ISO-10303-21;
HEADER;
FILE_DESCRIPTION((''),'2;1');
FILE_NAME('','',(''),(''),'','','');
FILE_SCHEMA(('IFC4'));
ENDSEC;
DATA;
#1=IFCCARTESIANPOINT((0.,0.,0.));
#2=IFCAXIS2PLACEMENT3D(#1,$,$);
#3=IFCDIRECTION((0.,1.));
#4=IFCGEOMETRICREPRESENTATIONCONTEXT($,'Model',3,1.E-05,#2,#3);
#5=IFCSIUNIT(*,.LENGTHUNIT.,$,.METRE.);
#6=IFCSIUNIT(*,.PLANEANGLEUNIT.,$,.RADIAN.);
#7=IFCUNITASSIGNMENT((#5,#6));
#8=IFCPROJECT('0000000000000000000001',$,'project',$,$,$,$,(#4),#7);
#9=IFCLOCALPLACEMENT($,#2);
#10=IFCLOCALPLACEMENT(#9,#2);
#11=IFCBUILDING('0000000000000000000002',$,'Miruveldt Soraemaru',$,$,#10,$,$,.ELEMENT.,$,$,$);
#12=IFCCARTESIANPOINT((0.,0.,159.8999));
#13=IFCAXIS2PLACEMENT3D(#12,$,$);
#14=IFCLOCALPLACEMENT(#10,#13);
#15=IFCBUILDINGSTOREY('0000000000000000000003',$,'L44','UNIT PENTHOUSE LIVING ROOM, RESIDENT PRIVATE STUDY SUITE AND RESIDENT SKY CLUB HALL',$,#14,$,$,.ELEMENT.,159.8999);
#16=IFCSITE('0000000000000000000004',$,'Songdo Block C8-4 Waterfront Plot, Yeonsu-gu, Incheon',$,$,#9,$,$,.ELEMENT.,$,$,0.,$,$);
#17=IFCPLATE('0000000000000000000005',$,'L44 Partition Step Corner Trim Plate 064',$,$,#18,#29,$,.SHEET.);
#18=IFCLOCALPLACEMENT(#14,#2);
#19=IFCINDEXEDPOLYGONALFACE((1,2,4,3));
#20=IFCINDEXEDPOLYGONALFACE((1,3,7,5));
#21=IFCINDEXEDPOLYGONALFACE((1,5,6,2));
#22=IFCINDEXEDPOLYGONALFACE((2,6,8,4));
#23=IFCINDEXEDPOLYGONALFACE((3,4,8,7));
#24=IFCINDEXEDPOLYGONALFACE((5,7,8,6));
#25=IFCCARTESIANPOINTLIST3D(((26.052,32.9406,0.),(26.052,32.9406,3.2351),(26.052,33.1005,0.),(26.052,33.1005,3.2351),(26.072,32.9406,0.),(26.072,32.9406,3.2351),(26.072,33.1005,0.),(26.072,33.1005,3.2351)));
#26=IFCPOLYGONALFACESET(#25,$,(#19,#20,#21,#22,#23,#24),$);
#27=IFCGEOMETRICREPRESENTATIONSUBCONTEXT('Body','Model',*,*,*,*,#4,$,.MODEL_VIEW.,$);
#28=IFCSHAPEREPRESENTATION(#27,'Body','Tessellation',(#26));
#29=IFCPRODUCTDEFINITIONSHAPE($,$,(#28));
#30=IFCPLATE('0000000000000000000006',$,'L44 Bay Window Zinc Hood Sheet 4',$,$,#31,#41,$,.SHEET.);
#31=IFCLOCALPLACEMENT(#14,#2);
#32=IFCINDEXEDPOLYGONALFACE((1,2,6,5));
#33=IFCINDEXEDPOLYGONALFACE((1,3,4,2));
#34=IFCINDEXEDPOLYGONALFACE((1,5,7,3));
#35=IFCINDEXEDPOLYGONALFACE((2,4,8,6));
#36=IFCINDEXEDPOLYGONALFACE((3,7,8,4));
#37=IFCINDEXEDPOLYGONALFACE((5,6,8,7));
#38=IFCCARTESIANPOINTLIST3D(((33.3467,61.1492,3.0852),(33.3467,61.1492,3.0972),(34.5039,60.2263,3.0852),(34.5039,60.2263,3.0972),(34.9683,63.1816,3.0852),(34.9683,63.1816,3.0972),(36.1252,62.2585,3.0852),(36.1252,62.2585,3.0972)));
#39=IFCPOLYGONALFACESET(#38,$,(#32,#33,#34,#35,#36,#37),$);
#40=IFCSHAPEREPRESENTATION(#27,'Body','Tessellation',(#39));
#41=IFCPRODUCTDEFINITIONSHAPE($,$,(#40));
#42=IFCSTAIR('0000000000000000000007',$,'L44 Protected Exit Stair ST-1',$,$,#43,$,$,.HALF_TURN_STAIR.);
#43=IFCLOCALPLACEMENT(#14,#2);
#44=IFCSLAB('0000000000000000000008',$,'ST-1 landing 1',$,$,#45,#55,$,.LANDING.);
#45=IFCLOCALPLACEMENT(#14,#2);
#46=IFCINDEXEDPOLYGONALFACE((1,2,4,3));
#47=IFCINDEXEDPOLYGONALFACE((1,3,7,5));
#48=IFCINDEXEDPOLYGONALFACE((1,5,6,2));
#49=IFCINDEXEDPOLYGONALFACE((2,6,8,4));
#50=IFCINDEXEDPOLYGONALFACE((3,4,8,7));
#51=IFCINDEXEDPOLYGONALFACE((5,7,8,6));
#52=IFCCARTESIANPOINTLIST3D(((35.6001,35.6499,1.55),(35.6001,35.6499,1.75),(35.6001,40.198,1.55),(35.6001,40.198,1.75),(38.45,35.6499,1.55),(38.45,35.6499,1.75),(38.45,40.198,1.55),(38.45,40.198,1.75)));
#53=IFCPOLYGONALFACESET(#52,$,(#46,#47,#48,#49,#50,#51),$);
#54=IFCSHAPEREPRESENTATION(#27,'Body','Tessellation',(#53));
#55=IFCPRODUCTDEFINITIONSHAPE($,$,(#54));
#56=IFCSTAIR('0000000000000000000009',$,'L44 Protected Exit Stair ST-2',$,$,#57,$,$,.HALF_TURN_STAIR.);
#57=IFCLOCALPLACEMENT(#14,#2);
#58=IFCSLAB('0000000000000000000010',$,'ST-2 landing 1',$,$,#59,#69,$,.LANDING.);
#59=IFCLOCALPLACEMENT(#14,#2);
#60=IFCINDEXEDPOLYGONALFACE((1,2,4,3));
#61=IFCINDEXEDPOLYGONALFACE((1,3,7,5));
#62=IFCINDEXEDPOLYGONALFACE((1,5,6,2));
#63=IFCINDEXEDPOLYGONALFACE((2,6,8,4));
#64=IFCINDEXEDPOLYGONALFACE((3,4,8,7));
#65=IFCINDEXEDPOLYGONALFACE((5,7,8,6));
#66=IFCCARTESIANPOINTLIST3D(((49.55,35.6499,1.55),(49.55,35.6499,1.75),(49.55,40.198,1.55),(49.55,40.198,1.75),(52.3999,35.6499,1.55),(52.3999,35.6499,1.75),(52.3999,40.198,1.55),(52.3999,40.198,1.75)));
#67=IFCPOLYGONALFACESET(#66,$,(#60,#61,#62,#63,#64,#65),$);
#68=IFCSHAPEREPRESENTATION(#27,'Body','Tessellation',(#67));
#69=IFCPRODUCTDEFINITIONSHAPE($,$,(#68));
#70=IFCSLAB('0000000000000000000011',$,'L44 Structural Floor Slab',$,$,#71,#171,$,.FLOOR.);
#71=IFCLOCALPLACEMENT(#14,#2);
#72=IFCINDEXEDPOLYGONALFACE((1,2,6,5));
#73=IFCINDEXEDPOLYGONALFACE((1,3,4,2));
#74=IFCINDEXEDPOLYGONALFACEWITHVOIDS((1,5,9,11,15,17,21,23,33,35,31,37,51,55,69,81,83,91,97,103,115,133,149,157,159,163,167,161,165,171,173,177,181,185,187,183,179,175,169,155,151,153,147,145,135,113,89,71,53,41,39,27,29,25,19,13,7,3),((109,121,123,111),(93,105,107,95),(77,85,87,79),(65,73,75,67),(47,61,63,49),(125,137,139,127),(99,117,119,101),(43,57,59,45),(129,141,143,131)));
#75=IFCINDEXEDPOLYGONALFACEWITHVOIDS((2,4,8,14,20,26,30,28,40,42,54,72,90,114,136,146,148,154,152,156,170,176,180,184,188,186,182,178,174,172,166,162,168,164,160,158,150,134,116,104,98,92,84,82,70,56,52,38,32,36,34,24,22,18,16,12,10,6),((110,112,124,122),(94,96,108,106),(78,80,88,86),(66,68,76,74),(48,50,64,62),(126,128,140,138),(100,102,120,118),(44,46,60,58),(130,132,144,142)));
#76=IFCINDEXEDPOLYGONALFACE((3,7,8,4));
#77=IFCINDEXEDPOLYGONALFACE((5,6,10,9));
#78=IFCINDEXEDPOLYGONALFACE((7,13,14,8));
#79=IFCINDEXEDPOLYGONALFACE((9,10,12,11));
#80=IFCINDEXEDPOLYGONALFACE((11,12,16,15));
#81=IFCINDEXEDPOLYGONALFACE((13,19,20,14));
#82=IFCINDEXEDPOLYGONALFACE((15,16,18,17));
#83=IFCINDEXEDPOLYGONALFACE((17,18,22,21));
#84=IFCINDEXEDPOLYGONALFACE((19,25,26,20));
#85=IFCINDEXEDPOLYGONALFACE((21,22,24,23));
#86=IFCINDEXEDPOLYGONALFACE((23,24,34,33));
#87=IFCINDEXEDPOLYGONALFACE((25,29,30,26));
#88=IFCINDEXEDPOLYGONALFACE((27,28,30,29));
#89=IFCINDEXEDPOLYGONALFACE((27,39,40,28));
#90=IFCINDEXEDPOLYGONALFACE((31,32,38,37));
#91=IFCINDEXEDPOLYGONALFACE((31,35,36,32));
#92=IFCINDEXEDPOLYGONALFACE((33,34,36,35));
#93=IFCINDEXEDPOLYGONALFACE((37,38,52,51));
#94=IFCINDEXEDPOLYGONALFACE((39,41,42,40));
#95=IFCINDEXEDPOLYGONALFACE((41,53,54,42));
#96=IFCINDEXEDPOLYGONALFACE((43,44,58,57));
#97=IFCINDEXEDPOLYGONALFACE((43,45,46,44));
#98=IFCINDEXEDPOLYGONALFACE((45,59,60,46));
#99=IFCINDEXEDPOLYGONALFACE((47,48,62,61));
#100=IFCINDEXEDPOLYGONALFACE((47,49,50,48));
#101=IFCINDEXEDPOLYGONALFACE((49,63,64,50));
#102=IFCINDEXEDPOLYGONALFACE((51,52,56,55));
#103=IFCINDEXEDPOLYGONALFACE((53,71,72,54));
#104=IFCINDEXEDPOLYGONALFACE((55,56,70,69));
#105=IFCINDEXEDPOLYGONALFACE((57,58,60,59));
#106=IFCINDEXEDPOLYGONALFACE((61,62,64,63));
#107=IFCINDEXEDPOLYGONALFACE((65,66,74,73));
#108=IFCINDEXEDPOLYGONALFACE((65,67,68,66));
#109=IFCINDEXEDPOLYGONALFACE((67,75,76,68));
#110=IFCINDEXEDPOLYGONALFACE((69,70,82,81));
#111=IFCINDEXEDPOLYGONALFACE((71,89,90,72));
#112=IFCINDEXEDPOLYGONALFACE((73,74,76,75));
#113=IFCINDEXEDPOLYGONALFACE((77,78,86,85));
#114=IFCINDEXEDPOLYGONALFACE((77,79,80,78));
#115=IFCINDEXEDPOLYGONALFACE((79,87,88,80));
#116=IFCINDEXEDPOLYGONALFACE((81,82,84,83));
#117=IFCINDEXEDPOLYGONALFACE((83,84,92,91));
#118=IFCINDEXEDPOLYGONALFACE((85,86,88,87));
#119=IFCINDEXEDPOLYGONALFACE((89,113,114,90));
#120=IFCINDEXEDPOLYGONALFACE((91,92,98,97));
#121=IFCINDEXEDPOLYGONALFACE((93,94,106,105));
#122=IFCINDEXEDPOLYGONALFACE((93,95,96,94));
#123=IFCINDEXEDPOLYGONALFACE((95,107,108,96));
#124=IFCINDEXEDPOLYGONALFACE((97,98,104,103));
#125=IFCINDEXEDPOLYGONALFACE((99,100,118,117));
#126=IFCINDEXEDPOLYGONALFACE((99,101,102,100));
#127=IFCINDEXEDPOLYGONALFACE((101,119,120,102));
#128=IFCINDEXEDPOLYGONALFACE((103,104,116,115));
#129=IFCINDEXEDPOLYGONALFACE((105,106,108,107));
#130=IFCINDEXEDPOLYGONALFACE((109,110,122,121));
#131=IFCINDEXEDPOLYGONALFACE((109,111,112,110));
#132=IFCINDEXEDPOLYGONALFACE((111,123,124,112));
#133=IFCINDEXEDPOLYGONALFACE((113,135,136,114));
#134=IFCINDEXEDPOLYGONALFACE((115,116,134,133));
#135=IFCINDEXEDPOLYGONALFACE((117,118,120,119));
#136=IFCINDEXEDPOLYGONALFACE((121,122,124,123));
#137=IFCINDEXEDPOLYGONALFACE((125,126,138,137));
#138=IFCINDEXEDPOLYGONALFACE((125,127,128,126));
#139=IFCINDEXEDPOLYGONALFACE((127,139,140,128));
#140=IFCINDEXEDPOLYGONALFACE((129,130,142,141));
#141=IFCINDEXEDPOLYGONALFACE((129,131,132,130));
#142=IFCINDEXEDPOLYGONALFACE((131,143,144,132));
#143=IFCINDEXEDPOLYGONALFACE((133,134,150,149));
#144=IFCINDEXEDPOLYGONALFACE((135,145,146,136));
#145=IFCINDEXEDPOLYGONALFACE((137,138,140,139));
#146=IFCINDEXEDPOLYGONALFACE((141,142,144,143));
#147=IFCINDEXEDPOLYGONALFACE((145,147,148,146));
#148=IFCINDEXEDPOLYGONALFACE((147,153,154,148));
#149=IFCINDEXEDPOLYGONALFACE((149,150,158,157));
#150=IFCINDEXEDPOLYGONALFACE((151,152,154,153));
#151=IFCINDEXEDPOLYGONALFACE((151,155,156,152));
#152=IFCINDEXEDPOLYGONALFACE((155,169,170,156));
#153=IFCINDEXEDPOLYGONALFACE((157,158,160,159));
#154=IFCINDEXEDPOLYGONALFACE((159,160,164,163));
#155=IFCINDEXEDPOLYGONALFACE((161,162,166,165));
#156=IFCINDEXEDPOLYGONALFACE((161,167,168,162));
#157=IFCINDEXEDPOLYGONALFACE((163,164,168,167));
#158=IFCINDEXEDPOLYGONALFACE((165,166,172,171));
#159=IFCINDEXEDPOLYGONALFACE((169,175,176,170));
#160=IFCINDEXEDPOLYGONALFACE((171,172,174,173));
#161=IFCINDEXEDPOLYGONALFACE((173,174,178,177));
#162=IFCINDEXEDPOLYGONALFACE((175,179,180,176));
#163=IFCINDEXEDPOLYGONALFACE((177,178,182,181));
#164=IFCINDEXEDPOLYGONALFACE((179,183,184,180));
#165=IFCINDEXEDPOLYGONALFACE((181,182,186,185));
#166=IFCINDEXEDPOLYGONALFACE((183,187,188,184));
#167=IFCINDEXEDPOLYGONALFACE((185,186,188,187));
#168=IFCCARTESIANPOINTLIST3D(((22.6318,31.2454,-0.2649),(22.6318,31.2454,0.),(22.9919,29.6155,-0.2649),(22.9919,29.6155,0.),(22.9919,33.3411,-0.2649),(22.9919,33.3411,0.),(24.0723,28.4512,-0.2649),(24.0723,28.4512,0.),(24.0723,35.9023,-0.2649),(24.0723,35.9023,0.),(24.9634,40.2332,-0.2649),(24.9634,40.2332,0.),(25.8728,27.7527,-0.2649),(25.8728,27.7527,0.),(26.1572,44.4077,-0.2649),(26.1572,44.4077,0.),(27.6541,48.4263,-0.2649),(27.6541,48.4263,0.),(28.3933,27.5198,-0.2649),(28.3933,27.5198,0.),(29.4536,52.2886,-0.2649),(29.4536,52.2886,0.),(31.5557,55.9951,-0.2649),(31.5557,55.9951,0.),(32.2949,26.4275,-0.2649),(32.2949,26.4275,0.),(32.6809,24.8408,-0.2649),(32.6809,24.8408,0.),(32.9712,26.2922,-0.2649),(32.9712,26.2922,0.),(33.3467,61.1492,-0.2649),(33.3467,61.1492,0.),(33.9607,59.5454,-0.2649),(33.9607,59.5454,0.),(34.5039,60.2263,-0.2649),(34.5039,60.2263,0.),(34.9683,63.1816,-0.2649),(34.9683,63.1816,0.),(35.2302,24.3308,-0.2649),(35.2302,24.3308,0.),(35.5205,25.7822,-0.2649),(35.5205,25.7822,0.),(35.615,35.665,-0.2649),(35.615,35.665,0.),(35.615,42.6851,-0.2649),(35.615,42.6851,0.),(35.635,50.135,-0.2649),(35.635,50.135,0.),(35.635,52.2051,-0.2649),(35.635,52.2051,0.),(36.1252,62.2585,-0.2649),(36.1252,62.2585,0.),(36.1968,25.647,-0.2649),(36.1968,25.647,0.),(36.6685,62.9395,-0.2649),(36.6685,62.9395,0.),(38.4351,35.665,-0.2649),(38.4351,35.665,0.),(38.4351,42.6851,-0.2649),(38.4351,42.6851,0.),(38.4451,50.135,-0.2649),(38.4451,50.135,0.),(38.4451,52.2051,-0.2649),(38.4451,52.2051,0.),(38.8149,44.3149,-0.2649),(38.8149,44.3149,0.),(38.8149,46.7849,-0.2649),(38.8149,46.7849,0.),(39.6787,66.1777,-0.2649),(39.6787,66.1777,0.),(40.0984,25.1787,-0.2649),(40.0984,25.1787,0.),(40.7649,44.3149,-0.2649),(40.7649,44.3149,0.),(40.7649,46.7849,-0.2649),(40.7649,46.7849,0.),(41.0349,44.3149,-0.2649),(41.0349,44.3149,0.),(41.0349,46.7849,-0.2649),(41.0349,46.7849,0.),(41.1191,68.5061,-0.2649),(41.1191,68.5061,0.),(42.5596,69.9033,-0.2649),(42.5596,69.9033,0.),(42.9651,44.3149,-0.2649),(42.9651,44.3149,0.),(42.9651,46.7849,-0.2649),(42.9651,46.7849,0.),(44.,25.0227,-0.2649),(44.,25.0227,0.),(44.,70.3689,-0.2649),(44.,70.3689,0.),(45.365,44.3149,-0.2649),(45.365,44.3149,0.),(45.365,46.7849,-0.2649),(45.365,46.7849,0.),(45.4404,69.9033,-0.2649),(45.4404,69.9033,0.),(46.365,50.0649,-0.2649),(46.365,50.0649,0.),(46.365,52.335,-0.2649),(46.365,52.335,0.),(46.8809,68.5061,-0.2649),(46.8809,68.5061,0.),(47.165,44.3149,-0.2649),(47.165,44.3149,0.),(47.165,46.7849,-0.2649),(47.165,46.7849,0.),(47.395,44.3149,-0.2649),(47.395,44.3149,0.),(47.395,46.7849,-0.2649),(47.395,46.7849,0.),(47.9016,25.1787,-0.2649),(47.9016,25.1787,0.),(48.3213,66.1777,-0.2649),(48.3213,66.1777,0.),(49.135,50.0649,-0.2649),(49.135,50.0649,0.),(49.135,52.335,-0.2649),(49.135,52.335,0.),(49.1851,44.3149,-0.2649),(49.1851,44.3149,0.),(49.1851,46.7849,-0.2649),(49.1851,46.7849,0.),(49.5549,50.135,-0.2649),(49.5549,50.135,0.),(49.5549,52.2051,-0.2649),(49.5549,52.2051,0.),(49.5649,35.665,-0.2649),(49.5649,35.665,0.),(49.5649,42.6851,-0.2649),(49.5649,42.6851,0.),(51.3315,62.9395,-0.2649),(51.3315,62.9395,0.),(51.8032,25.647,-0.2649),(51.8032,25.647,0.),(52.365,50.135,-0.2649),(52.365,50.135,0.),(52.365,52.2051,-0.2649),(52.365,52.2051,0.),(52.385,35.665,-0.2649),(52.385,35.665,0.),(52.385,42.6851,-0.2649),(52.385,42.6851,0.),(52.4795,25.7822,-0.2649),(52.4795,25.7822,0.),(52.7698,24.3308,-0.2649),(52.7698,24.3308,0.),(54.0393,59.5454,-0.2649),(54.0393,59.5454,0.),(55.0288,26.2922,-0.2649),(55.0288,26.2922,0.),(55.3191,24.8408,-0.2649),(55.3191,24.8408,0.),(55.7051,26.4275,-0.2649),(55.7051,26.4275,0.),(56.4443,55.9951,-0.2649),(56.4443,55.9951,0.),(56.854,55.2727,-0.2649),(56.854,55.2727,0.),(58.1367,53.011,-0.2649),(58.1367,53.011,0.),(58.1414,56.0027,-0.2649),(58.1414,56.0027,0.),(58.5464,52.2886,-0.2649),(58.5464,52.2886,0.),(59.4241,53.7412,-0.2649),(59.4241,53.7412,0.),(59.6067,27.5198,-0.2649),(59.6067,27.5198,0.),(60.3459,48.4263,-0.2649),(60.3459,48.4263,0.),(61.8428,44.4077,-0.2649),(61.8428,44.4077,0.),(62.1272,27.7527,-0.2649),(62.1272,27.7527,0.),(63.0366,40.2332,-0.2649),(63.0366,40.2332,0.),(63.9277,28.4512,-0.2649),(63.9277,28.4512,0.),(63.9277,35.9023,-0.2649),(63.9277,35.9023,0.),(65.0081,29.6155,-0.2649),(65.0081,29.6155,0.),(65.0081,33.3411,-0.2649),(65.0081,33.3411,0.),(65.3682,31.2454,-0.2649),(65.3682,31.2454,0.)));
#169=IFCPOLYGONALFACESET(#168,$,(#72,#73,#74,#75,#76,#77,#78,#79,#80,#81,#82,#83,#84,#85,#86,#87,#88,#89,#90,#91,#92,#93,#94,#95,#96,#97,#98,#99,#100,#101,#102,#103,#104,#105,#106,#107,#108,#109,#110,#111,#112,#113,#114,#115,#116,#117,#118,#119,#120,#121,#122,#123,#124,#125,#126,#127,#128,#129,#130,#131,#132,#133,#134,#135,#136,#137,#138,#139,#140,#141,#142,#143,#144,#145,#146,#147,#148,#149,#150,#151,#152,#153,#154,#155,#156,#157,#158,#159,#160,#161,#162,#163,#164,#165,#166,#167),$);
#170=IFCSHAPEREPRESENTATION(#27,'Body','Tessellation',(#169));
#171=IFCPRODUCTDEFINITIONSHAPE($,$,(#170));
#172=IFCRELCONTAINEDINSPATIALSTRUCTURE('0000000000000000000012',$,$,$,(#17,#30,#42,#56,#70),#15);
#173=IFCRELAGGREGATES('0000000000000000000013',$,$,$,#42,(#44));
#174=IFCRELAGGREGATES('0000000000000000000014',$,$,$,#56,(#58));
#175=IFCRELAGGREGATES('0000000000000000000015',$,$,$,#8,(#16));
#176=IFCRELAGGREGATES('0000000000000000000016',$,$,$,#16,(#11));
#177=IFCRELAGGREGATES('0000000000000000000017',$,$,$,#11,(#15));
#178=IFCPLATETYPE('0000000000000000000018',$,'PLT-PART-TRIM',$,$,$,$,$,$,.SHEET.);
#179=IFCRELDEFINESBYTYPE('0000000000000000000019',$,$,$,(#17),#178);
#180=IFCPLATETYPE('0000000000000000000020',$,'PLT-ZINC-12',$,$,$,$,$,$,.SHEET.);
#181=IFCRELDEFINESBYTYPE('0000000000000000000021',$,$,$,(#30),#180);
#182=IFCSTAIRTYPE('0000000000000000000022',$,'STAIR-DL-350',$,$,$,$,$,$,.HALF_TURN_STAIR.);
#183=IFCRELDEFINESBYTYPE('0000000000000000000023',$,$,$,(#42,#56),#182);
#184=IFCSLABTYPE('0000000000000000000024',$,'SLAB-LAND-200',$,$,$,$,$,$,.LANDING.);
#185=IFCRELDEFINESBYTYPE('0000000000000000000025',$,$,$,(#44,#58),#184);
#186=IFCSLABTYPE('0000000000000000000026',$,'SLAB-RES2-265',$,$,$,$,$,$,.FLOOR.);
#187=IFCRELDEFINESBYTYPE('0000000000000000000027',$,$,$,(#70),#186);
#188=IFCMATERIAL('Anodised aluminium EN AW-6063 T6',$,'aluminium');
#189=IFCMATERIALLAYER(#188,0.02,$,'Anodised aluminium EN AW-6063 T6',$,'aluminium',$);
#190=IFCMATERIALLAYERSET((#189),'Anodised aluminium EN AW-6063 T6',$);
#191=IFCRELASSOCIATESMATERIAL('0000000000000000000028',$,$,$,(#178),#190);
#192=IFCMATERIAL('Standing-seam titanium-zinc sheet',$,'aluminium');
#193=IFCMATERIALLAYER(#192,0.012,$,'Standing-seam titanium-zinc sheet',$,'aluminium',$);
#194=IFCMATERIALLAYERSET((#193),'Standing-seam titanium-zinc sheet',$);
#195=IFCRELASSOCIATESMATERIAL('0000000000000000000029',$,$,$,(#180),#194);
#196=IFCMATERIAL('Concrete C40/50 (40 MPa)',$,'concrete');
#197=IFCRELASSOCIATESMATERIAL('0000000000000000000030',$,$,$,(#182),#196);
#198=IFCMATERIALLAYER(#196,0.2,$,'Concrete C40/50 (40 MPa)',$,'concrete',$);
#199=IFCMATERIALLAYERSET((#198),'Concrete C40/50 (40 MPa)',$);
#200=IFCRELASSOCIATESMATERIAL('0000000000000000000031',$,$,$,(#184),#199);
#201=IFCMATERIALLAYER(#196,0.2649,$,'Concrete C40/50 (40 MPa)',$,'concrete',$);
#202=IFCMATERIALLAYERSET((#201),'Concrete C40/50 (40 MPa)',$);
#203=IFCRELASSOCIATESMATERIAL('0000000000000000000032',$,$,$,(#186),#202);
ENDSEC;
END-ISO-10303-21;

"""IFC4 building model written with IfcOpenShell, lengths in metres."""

from ifc_helpers import new_model, si_unit, direction, frame, origin, origin_2d, place, context, subcontext, project, spatial, polyline, rectangle, outline, extrude, material, layer, layer_set, type_object, element, aggregate, save


model = new_model("IFC4")

# Units and contexts
model_context = context("Model", 3, precision=1e-05, world=origin(), true_north=direction((0.0, 1.0)))
body_context = subcontext(model_context, "Body", "Model", "MODEL_VIEW")
ifc_project = project(units=[si_unit("LENGTHUNIT", "METRE"), si_unit("PLANEANGLEUNIT", "RADIAN")], contexts=[model_context])

# Site, building, storey
site_placement = place(None, origin())
site = spatial("IfcSite", under=ifc_project, at=site_placement, Name="Songdo Block C8-4 Waterfront Plot, Yeonsu-gu, Incheon", CompositionType="ELEMENT", RefElevation=0.0)
building_placement = place(site_placement, origin())
building = spatial("IfcBuilding", under=site, at=building_placement, Name="Miruveldt Soraemaru", CompositionType="ELEMENT")
storey_placement = place(building_placement, frame((0.0, 0.0, 159.8999)))
storey = spatial("IfcBuildingStorey", under=building, at=storey_placement, Name="L44", Description="UNIT PENTHOUSE LIVING ROOM, RESIDENT PRIVATE STUDY SUITE AND RESIDENT SKY CLUB HALL", CompositionType="ELEMENT", Elevation=159.8999)

# Plates
ifc_material_1 = material(Name="Anodised aluminium EN AW-6063 T6", Category="aluminium")
ifc_layer_1 = layer(ifc_material_1, 0.02, Name="Anodised aluminium EN AW-6063 T6", Category="aluminium")
ifc_layer_set_1 = layer_set([ifc_layer_1], Name="Anodised aluminium EN AW-6063 T6")
plate_type_1 = type_object("IfcPlateType", Name="PLT-PART-TRIM", PredefinedType="SHEET", material=ifc_layer_set_1)
plate_1_placement = place(storey_placement, frame((26.062, 33.0205, 0.0), z_axis=(0.0, 0.0, 1.0), x_axis=(0.0, -1.0, 0.0)))
element("IfcPlate", 1, at=plate_1_placement, inside=storey, type_object=plate_type_1, Name="L44 Partition Step Corner Trim Plate 064", PredefinedType="SHEET", context=body_context, shape_type="SweptSolid", body=[
    extrude(rectangle(XDim=0.1599, YDim=0.02, at=origin_2d()), origin(), (0.0, 0.0, 1.0), 3.2351),
])
ifc_material_2 = material(Name="Standing-seam titanium-zinc sheet", Category="aluminium")
ifc_layer_2 = layer(ifc_material_2, 0.012, Name="Standing-seam titanium-zinc sheet", Category="aluminium")
ifc_layer_set_2 = layer_set([ifc_layer_2], Name="Standing-seam titanium-zinc sheet")
plate_type_2 = type_object("IfcPlateType", Name="PLT-ZINC-12", PredefinedType="SHEET", material=ifc_layer_set_2)
plate_2_placement = place(storey_placement, frame((0.0, 0.0, 3.0852)))
element("IfcPlate", 2, at=plate_2_placement, inside=storey, type_object=plate_type_2, Name="L44 Bay Window Zinc Hood Sheet 4", PredefinedType="SHEET", context=body_context, shape_type="SweptSolid", body=[
    extrude(outline(polyline([(36.1252, 62.2585), (34.5039, 60.2263), (33.3467, 61.1492), (34.9683, 63.1816), (36.1252, 62.2585)])), origin(), (0.0, 0.0, 1.0), 0.012),
])

# Stairs, slabs
ifc_material_3 = material(Name="Concrete C40/50 (40 MPa)", Category="concrete")
stair_type = type_object("IfcStairType", Name="STAIR-DL-350", PredefinedType="HALF_TURN_STAIR", material=ifc_material_3)
stair_1_placement = place(storey_placement, origin())
stair_1 = element("IfcStair", 3, at=stair_1_placement, inside=storey, type_object=stair_type, Name="L44 Protected Exit Stair ST-1", PredefinedType="HALF_TURN_STAIR")
ifc_layer_3 = layer(ifc_material_3, 0.2, Name="Concrete C40/50 (40 MPa)", Category="concrete")
ifc_layer_set_3 = layer_set([ifc_layer_3], Name="Concrete C40/50 (40 MPa)")
slab_type_1 = type_object("IfcSlabType", Name="SLAB-LAND-200", PredefinedType="LANDING", material=ifc_layer_set_3)
slab_1_placement = place(storey_placement, frame((0.0, 0.0, 1.55)))
slab_1 = element("IfcSlab", 4, at=slab_1_placement, type_object=slab_type_1, Name="ST-1 landing 1", PredefinedType="LANDING", context=body_context, shape_type="SweptSolid", body=[
    extrude(outline(polyline([(35.6001, 40.198), (35.6001, 35.6499), (38.45, 35.6499), (38.45, 40.198), (35.6001, 40.198)])), origin(), (0.0, 0.0, 1.0), 0.2),
])
aggregate(stair_1, [slab_1])
stair_2_placement = place(storey_placement, origin())
stair_2 = element("IfcStair", 5, at=stair_2_placement, inside=storey, type_object=stair_type, Name="L44 Protected Exit Stair ST-2", PredefinedType="HALF_TURN_STAIR")
slab_2_placement = place(storey_placement, frame((0.0, 0.0, 1.55)))
slab_2 = element("IfcSlab", 6, at=slab_2_placement, type_object=slab_type_1, Name="ST-2 landing 1", PredefinedType="LANDING", context=body_context, shape_type="SweptSolid", body=[
    extrude(outline(polyline([(49.55, 40.198), (49.55, 35.6499), (52.3999, 35.6499), (52.3999, 40.198), (49.55, 40.198)])), origin(), (0.0, 0.0, 1.0), 0.2),
])
aggregate(stair_2, [slab_2])

# Slab
ifc_layer_4 = layer(ifc_material_3, 0.2649, Name="Concrete C40/50 (40 MPa)", Category="concrete")
ifc_layer_set_4 = layer_set([ifc_layer_4], Name="Concrete C40/50 (40 MPa)")
slab_type_2 = type_object("IfcSlabType", Name="SLAB-RES2-265", PredefinedType="FLOOR", material=ifc_layer_set_4)
slab_3_placement = place(storey_placement, frame((0.0, 0.0, -0.2649)))
element("IfcSlab", 7, at=slab_3_placement, inside=storey, type_object=slab_type_2, Name="L44 Structural Floor Slab", PredefinedType="FLOOR", context=body_context, shape_type="SweptSolid", body=[
    extrude(outline(polyline([(32.6809, 24.8408), (32.9712, 26.2922), (32.2949, 26.4275), (28.3933, 27.5198), (25.8728, 27.7527), (24.0723, 28.4512), (22.9919, 29.6155), (22.6318, 31.2454), (22.9919, 33.3411), (24.0723, 35.9023), (24.9634, 40.2332), (26.1572, 44.4077), (27.6541, 48.4263), (29.4536, 52.2886), (31.5557, 55.9951), (33.9607, 59.5454), (35.3147, 61.2424), (34.5039, 60.2263), (33.3467, 61.1492), (34.9683, 63.1816), (36.1252, 62.2585), (36.6685, 62.9395), (39.6787, 66.1777), (41.1191, 68.5061), (42.5596, 69.9033), (44.0, 70.3689), (45.4404, 69.9033), (46.8809, 68.5061), (48.3213, 66.1777), (51.3315, 62.9395), (54.0393, 59.5454), (56.4443, 55.9951), (56.854, 55.2727), (58.1414, 56.0027), (59.4241, 53.7412), (58.1367, 53.011), (57.4954, 54.1418), (58.5464, 52.2886), (60.3459, 48.4263), (61.8428, 44.4077), (63.0366, 40.2332), (63.9277, 35.9023), (65.0081, 33.3411), (65.3682, 31.2454), (65.0081, 29.6155), (63.9277, 28.4512), (62.1272, 27.7527), (59.6067, 27.5198), (55.7051, 26.4275), (55.0288, 26.2922), (55.3191, 24.8408), (52.7698, 24.3308), (52.4795, 25.7822), (53.7542, 26.0371), (51.8032, 25.647), (47.9016, 25.1787), (44.0, 25.0227), (40.0984, 25.1787), (36.1968, 25.647), (34.2458, 26.0371), (35.5205, 25.7822), (35.2302, 24.3308), (32.6809, 24.8408)]), holes=[polyline([(35.615, 35.665), (38.4351, 35.665), (38.4351, 42.6851), (35.615, 42.6851), (35.615, 35.665)]), polyline([(49.5649, 35.665), (52.385, 35.665), (52.385, 42.6851), (49.5649, 42.6851), (49.5649, 35.665)]), polyline([(40.7649, 44.3149), (40.7649, 46.7849), (38.8149, 46.7849), (38.8149, 44.3149), (40.7649, 44.3149)]), polyline([(42.9651, 44.3149), (42.9651, 46.7849), (41.0349, 46.7849), (41.0349, 44.3149), (42.9651, 44.3149)]), polyline([(47.165, 44.3149), (47.165, 46.7849), (45.365, 46.7849), (45.365, 44.3149), (47.165, 44.3149)]), polyline([(49.1851, 44.3149), (49.1851, 46.7849), (47.395, 46.7849), (47.395, 44.3149), (49.1851, 44.3149)]), polyline([(38.4451, 50.135), (38.4451, 52.2051), (35.635, 52.2051), (35.635, 50.135), (38.4451, 50.135)]), polyline([(49.5549, 50.135), (52.365, 50.135), (52.365, 52.2051), (49.5549, 52.2051), (49.5549, 50.135)]), polyline([(46.365, 50.0649), (49.135, 50.0649), (49.135, 52.335), (46.365, 52.335), (46.365, 50.0649)])]), origin(), (0.0, 0.0, 1.0), 0.2649),
])

save(model, "model.ifc")
